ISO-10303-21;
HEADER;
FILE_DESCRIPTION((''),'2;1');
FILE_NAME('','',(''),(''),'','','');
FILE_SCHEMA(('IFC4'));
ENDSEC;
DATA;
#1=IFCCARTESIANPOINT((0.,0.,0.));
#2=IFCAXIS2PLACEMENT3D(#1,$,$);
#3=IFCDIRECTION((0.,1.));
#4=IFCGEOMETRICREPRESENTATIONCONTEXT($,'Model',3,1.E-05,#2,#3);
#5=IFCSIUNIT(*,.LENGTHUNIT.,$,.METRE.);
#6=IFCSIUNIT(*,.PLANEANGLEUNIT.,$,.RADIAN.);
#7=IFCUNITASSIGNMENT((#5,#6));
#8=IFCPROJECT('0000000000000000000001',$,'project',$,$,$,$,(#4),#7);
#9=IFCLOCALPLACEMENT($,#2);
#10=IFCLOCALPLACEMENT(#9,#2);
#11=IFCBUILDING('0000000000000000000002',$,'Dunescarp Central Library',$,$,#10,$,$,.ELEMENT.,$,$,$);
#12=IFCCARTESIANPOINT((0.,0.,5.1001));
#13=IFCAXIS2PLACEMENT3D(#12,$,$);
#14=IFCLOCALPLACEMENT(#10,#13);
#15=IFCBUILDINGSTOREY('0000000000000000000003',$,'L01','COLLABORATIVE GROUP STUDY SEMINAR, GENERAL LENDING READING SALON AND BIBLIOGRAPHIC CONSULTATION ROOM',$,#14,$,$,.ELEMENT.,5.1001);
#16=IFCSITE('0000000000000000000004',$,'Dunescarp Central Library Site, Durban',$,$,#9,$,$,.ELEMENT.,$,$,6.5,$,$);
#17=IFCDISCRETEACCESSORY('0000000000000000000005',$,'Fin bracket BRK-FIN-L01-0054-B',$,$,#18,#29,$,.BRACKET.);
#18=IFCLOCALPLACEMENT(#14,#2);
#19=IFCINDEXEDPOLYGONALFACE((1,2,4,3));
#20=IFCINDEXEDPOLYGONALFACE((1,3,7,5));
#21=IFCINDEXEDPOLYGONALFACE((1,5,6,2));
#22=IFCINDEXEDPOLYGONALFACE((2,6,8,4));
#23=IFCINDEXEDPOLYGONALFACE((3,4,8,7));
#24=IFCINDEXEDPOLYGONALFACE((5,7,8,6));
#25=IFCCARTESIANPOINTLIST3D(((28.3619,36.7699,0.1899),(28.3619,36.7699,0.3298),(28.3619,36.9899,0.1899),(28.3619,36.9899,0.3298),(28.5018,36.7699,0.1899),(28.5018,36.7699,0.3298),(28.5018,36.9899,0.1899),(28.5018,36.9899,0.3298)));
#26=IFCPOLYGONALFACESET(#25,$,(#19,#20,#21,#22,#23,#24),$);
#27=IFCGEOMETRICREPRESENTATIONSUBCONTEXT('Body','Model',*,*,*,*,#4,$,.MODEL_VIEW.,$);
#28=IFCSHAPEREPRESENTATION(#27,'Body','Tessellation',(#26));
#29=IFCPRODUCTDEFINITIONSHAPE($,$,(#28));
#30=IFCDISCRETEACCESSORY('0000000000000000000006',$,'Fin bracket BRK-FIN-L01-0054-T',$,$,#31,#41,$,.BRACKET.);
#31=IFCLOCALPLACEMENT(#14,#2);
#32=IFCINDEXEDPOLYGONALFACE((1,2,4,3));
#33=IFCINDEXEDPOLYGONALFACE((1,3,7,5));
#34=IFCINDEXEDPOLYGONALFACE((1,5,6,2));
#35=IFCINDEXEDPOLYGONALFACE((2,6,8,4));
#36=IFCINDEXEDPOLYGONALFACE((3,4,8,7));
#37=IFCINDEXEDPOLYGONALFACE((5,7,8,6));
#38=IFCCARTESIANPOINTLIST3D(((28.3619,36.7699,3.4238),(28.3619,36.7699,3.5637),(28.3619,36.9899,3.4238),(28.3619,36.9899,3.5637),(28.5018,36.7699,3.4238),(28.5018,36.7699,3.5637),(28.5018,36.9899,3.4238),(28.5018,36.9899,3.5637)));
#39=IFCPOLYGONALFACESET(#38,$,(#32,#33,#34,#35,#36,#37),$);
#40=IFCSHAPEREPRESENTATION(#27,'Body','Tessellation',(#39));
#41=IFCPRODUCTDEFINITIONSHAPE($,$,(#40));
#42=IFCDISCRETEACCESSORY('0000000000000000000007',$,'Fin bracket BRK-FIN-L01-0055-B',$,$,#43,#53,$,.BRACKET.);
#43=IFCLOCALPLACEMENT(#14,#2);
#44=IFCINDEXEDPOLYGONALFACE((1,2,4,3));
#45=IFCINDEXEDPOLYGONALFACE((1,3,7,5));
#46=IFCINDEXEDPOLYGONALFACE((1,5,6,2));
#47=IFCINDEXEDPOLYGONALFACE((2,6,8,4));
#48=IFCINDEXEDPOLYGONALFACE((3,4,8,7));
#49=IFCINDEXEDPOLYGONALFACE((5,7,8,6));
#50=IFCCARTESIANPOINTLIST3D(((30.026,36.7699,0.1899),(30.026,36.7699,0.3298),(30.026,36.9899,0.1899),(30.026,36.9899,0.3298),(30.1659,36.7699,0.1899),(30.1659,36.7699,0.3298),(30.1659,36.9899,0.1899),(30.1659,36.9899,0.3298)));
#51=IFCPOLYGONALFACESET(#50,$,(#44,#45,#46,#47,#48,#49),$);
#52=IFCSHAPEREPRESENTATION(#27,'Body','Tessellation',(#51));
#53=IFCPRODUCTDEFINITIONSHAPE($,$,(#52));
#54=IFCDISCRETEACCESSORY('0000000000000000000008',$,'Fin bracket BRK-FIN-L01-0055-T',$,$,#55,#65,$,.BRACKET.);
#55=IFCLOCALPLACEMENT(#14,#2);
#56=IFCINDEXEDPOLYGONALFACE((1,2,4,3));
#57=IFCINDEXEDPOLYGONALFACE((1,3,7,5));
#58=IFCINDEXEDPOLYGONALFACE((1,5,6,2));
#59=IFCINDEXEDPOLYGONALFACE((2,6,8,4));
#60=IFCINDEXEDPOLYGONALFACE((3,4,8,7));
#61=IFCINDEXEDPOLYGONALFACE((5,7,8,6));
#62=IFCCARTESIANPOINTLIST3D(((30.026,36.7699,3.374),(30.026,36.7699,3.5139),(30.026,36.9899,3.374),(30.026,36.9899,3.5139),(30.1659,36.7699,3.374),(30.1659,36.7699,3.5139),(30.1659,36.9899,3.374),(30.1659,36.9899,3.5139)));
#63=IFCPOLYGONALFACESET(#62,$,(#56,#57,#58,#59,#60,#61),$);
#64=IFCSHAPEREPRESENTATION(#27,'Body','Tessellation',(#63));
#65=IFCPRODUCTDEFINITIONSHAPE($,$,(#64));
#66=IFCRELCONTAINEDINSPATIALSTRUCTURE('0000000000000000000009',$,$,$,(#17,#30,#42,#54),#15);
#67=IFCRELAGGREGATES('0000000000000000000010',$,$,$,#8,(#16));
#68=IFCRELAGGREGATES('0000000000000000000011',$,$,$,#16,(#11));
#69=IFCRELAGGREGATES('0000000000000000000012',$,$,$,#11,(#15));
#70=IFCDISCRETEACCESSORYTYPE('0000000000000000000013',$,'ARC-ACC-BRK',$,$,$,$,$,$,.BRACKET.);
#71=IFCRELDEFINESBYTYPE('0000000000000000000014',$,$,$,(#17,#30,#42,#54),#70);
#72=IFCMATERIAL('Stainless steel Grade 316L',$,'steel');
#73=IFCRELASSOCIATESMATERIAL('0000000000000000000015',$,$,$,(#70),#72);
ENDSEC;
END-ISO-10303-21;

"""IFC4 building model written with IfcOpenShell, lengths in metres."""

from ifc_helpers import new_model, si_unit, direction, frame, origin, origin_2d, place, context, subcontext, project, spatial, rectangle, extrude, material, type_object, element, save


model = new_model("IFC4")

# Units and contexts
model_context = context("Model", 3, precision=1e-05, world=origin(), true_north=direction((0.0, 1.0)))
body_context = subcontext(model_context, "Body", "Model", "MODEL_VIEW")
ifc_project = project(units=[si_unit("LENGTHUNIT", "METRE"), si_unit("PLANEANGLEUNIT", "RADIAN")], contexts=[model_context])

# Site, building, storey
site_placement = place(None, origin())
site = spatial("IfcSite", under=ifc_project, at=site_placement, Name="Dunescarp Central Library Site, Durban", CompositionType="ELEMENT", RefElevation=6.5)
building_placement = place(site_placement, origin())
building = spatial("IfcBuilding", under=site, at=building_placement, Name="Dunescarp Central Library", CompositionType="ELEMENT")
storey_placement = place(building_placement, frame((0.0, 0.0, 5.1001)))
storey = spatial("IfcBuildingStorey", under=building, at=storey_placement, Name="L01", Description="COLLABORATIVE GROUP STUDY SEMINAR, GENERAL LENDING READING SALON AND BIBLIOGRAPHIC CONSULTATION ROOM", CompositionType="ELEMENT", Elevation=5.1001)

# Discrete accessories
ifc_material_1 = material(Name="Stainless steel Grade 316L", Category="steel")
discrete_accessory_type = type_object("IfcDiscreteAccessoryType", Name="ARC-ACC-BRK", PredefinedType="BRACKET", material=ifc_material_1)
for number, where, z_axis, x_axis, name in (
    (1, (28.4319, 36.8799, 0.1899), (0.0, 0.0, 1.0), (0.0, 1.0, 0.0), "Fin bracket BRK-FIN-L01-0054-B"),
    (2, (28.4319, 36.8799, 3.4238), (0.0, 0.0, 1.0), (0.0, 1.0, 0.0), "Fin bracket BRK-FIN-L01-0054-T"),
    (3, (30.0959, 36.8799, 0.1899), (0.0, 0.0, 1.0), (0.0, 1.0, 0.0), "Fin bracket BRK-FIN-L01-0055-B"),
    (4, (30.0959, 36.8799, 3.374), (0.0, 0.0, 1.0), (0.0, 1.0, 0.0), "Fin bracket BRK-FIN-L01-0055-T"),
):
    element("IfcDiscreteAccessory", number, at=place(storey_placement, frame(where, z_axis=z_axis, x_axis=x_axis)), inside=storey, type_object=discrete_accessory_type, Name=name, PredefinedType="BRACKET", context=body_context, shape_type="SweptSolid", body=[
        extrude(rectangle(XDim=0.22, YDim=0.1399, at=origin_2d()), origin(), (0.0, 0.0, 1.0), 0.1399),
    ])

save(model, "model.ifc")
